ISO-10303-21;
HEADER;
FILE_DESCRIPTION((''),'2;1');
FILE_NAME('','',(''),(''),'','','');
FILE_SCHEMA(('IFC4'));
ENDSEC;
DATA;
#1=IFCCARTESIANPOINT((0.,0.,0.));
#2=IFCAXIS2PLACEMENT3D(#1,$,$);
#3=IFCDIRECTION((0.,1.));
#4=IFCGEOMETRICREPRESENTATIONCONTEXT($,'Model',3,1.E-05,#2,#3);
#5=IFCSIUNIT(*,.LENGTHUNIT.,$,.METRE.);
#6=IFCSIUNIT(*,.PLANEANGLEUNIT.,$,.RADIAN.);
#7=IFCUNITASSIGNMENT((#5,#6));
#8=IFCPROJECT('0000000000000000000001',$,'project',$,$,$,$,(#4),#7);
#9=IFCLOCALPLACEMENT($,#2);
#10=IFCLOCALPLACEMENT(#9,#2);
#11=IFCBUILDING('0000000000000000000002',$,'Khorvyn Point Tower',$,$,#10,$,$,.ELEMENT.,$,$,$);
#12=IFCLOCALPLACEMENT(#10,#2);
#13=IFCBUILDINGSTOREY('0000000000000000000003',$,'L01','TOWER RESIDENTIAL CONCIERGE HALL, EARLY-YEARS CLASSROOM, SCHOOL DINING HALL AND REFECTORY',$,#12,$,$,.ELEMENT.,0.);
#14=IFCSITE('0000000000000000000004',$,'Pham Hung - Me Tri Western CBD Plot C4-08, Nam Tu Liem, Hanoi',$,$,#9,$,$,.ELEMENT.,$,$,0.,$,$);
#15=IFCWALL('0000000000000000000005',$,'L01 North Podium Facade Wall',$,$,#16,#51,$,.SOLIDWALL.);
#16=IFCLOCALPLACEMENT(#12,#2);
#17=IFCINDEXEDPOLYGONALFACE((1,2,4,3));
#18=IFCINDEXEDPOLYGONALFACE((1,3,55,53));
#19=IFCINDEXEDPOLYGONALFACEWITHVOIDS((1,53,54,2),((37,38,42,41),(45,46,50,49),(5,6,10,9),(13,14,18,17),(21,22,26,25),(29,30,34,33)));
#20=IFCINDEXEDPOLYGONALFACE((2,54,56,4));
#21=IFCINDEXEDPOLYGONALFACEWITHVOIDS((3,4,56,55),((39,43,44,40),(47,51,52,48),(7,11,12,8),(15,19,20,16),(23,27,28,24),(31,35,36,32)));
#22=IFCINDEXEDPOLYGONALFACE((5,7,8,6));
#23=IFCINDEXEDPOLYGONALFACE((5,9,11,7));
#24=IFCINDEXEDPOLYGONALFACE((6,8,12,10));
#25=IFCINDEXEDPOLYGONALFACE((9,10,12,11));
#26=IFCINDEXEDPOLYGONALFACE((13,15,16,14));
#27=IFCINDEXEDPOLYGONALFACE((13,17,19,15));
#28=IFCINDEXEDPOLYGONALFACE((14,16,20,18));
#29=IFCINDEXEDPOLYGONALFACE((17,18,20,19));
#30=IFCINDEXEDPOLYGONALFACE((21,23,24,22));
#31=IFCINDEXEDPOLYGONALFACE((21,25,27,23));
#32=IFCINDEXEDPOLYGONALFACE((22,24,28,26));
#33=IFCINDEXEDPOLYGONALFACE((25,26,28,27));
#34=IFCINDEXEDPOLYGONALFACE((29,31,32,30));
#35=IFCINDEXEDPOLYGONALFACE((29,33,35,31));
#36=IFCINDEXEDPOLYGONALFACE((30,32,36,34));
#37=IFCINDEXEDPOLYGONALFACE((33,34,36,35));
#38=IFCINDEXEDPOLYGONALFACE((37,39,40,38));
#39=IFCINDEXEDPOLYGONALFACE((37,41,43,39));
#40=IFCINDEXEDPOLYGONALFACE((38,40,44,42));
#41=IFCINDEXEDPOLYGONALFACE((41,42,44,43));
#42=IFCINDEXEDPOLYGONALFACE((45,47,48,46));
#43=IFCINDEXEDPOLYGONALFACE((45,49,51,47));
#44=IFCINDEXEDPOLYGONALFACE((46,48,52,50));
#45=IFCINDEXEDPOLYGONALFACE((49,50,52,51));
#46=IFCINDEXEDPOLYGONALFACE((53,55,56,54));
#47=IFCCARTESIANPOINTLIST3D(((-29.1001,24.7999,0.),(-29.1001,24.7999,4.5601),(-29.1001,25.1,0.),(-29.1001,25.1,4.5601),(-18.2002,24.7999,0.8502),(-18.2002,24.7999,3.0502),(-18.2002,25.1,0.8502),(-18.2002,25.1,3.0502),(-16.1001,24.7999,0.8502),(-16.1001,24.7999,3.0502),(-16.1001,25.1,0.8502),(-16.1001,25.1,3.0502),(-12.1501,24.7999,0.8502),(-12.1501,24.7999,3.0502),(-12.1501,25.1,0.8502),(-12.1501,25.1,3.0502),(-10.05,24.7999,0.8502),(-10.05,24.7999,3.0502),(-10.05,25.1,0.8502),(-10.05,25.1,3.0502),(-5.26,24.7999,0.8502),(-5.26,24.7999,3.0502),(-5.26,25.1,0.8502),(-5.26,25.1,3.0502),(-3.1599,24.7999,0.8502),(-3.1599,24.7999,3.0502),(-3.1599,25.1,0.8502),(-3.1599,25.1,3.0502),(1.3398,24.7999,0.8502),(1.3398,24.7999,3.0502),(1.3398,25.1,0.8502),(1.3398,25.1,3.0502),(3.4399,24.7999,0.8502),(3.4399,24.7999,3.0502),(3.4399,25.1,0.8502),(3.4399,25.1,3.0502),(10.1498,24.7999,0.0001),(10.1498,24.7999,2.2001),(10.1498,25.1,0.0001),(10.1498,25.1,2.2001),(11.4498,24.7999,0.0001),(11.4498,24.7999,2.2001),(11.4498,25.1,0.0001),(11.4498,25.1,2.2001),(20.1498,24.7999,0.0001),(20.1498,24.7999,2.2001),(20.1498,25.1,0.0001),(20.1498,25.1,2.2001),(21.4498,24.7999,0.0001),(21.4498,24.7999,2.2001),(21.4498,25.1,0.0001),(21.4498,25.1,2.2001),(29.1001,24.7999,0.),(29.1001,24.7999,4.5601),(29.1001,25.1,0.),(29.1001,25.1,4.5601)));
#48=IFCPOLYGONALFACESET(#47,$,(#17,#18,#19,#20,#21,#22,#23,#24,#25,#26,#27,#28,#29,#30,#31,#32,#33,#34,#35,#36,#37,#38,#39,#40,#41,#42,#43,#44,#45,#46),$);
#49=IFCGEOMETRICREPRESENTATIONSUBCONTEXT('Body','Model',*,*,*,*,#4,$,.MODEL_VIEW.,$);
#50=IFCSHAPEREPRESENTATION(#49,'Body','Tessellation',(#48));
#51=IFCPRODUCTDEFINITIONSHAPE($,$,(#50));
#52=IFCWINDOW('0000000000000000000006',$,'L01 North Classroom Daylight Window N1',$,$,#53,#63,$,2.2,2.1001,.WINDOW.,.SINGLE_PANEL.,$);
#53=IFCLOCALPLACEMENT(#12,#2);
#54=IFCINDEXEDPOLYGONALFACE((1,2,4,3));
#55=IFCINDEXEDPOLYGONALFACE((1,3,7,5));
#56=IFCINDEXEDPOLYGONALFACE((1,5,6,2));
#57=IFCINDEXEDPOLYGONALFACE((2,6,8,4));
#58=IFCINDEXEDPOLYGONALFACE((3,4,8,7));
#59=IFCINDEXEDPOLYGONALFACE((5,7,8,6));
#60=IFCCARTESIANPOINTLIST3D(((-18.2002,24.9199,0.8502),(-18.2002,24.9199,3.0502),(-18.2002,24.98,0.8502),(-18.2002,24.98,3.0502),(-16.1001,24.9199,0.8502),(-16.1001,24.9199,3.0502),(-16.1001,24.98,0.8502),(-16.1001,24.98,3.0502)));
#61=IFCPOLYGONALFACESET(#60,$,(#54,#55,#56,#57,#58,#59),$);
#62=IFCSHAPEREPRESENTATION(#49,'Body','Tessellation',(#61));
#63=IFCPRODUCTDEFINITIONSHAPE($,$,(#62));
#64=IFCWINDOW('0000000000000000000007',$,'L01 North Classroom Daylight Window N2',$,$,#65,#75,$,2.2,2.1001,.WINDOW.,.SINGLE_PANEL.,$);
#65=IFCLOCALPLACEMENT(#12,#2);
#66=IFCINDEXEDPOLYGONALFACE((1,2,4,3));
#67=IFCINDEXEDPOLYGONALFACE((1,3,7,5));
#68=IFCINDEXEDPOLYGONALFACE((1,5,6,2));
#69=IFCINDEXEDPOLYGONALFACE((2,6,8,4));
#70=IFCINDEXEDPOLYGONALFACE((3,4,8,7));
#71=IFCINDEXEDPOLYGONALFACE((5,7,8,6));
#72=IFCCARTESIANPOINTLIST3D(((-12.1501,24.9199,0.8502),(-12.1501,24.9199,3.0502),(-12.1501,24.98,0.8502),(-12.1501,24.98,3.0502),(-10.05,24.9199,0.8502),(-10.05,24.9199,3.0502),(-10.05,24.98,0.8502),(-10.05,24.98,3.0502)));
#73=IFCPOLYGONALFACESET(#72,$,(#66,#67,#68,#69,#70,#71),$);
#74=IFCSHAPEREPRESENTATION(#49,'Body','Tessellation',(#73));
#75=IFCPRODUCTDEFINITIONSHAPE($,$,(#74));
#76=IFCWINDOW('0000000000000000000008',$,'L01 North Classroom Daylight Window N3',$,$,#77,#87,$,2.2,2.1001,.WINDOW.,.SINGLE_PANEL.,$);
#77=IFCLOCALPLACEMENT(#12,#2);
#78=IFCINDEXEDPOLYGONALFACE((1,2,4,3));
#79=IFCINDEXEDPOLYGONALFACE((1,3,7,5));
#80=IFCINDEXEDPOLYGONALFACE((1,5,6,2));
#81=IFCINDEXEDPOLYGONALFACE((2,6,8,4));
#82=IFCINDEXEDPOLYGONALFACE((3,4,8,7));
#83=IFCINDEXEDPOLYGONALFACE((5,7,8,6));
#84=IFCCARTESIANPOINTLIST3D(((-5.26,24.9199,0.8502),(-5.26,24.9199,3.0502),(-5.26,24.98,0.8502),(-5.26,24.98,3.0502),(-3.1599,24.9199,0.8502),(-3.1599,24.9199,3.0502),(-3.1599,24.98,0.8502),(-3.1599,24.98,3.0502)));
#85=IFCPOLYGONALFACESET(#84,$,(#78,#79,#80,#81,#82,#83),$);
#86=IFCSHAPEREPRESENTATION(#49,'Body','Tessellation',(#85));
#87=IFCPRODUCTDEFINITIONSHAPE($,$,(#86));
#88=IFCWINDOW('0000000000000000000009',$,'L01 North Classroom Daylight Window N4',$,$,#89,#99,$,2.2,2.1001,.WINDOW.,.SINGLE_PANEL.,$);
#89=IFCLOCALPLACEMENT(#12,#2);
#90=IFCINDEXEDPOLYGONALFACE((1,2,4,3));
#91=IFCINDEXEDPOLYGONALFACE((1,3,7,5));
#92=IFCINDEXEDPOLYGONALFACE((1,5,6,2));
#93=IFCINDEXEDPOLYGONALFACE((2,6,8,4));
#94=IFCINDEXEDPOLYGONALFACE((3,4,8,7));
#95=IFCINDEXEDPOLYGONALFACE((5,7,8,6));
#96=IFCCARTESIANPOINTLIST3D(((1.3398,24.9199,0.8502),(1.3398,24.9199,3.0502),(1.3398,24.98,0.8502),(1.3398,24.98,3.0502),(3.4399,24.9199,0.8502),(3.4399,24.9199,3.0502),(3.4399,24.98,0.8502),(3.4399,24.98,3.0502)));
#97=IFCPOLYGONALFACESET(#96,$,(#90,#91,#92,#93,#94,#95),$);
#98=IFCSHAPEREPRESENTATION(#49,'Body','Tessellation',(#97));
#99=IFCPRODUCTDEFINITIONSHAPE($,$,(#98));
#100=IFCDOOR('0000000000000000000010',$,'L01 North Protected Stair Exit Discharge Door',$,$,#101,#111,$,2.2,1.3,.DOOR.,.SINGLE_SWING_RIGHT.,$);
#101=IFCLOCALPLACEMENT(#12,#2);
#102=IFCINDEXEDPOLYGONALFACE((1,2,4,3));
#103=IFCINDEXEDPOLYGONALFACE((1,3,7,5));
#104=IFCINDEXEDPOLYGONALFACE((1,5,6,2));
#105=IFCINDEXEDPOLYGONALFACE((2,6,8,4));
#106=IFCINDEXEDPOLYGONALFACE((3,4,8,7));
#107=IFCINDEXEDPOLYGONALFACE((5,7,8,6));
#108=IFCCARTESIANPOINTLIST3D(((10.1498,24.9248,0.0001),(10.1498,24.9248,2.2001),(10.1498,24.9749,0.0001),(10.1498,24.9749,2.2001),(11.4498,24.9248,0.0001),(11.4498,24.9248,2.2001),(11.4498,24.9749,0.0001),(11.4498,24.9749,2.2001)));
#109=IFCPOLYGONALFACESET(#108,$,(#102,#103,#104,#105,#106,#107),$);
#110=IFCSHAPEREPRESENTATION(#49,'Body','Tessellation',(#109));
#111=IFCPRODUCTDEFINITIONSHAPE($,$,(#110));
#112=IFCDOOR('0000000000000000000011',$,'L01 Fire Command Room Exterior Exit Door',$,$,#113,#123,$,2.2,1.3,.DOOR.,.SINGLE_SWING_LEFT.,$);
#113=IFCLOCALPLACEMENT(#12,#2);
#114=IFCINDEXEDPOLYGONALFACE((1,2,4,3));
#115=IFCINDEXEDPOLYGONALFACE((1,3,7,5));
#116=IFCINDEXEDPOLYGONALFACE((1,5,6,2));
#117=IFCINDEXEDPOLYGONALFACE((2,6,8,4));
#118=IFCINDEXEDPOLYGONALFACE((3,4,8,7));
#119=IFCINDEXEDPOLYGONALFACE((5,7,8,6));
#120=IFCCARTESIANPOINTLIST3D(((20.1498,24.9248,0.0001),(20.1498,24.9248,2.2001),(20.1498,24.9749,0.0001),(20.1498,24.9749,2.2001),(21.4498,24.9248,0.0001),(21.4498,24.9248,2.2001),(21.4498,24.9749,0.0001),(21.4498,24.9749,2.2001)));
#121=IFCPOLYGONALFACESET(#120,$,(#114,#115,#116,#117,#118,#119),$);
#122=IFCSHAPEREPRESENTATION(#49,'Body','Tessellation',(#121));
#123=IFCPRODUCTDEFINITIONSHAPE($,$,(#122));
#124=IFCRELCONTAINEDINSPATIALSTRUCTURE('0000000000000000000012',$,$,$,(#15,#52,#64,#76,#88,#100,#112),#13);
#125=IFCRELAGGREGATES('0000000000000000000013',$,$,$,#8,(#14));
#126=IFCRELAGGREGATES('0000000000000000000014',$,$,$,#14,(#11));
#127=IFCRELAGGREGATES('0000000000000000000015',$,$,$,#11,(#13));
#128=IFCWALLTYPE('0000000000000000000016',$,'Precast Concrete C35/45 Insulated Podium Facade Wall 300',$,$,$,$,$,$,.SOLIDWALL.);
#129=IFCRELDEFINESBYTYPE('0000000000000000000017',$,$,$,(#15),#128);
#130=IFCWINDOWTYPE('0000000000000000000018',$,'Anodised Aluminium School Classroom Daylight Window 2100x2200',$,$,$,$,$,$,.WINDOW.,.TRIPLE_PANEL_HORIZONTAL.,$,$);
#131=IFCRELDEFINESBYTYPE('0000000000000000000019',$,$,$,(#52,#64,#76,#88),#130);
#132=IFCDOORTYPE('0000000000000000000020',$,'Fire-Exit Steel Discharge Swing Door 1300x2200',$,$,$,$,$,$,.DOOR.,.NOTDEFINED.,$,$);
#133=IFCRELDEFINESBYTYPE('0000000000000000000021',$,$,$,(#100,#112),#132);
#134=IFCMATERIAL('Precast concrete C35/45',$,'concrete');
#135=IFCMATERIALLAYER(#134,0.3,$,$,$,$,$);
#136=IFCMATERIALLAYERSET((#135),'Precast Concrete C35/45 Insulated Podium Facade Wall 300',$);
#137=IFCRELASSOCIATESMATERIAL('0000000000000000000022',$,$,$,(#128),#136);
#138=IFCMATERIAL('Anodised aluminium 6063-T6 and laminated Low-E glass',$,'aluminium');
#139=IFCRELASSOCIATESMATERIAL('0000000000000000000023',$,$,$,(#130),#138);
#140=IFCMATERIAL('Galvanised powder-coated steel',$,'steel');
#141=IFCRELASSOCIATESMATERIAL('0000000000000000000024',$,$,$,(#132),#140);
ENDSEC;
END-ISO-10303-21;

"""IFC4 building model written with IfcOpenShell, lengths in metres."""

from ifc_helpers import new_model, si_unit, direction, frame, frame_2d, origin, place, context, subcontext, project, spatial, rectangle, extrude, material, layer, layer_set, type_object, element, fill, save


model = new_model("IFC4")

# Units and contexts
model_context = context("Model", 3, precision=1e-05, world=origin(), true_north=direction((0.0, 1.0)))
body_context = subcontext(model_context, "Body", "Model", "MODEL_VIEW")
ifc_project = project(units=[si_unit("LENGTHUNIT", "METRE"), si_unit("PLANEANGLEUNIT", "RADIAN")], contexts=[model_context])

# Site, building, storey
site_placement = place(None, origin())
site = spatial("IfcSite", under=ifc_project, at=site_placement, Name="Pham Hung - Me Tri Western CBD Plot C4-08, Nam Tu Liem, Hanoi", CompositionType="ELEMENT", RefElevation=0.0)
building_placement = place(site_placement, origin())
building = spatial("IfcBuilding", under=site, at=building_placement, Name="Khorvyn Point Tower", CompositionType="ELEMENT")
storey_placement = place(building_placement, origin())
storey = spatial("IfcBuildingStorey", under=building, at=storey_placement, Name="L01", Description="TOWER RESIDENTIAL CONCIERGE HALL, EARLY-YEARS CLASSROOM, SCHOOL DINING HALL AND REFECTORY", CompositionType="ELEMENT", Elevation=0.0)

# Shared definitions
ifc_material_1 = material(Name="Anodised aluminium 6063-T6 and laminated Low-E glass", Category="aluminium")

# Wall, openings, windows, doors
ifc_material_2 = material(Name="Precast concrete C35/45", Category="concrete")
ifc_layer_1 = layer(ifc_material_2, 0.3)
ifc_layer_set_1 = layer_set([ifc_layer_1], Name="Precast Concrete C35/45 Insulated Podium Facade Wall 300")
wall_type_1 = type_object("IfcWallType", Name="Precast Concrete C35/45 Insulated Podium Facade Wall 300", PredefinedType="SOLIDWALL", material=ifc_layer_set_1)
wall_1_placement = place(storey_placement, frame((-29.1001, 24.95, 0.0), z_axis=(0.0, 0.0, 1.0), x_axis=(1.0, 0.0, 0.0)))
wall_1 = element("IfcWall", 1, at=wall_1_placement, inside=storey, type_object=wall_type_1, Name="L01 North Podium Facade Wall", PredefinedType="SOLIDWALL", context=body_context, shape_type="SweptSolid", body=[
    extrude(rectangle(XDim=58.2002, YDim=0.3, at=frame_2d((29.1001, 0.0))), origin(), (0.0, 0.0, 1.0), 4.5601),
])
opening_1_placement = place(wall_1_placement, frame((10.8999, 0.0, 0.8501)))
opening_1 = element("IfcOpeningElement", 2, at=opening_1_placement, cuts=wall_1, PredefinedType="OPENING", context=body_context, shape_type="SweptSolid", body=[
    extrude(rectangle(XDim=2.1001, YDim=2.2, at=frame_2d((1.05, 1.1001))), frame((0.0, 0.1599, 0.0), z_axis=(0.0, -1.0, 0.0), x_axis=(1.0, 0.0, 0.0)), (0.0, 0.0, 1.0), 0.3201),
])
opening_2_placement = place(wall_1_placement, frame((16.95, 0.0, 0.8501)))
opening_2 = element("IfcOpeningElement", 3, at=opening_2_placement, cuts=wall_1, PredefinedType="OPENING", context=body_context, shape_type="SweptSolid", body=[
    extrude(rectangle(XDim=2.1001, YDim=2.2, at=frame_2d((1.05, 1.1001))), frame((0.0, 0.1599, 0.0), z_axis=(0.0, -1.0, 0.0), x_axis=(1.0, 0.0, 0.0)), (0.0, 0.0, 1.0), 0.3201),
])
opening_3_placement = place(wall_1_placement, frame((23.8401, 0.0, 0.8501)))
opening_3 = element("IfcOpeningElement", 4, at=opening_3_placement, cuts=wall_1, PredefinedType="OPENING", context=body_context, shape_type="SweptSolid", body=[
    extrude(rectangle(XDim=2.1001, YDim=2.2, at=frame_2d((1.05, 1.1001))), frame((0.0, 0.1599, 0.0), z_axis=(0.0, -1.0, 0.0), x_axis=(1.0, 0.0, 0.0)), (0.0, 0.0, 1.0), 0.3201),
])
opening_4_placement = place(wall_1_placement, frame((30.4399, 0.0, 0.8501)))
opening_4 = element("IfcOpeningElement", 5, at=opening_4_placement, cuts=wall_1, PredefinedType="OPENING", context=body_context, shape_type="SweptSolid", body=[
    extrude(rectangle(XDim=2.1001, YDim=2.2, at=frame_2d((1.05, 1.1001))), frame((0.0, 0.1599, 0.0), z_axis=(0.0, -1.0, 0.0), x_axis=(1.0, 0.0, 0.0)), (0.0, 0.0, 1.0), 0.3201),
])
opening_5_placement = place(wall_1_placement, frame((39.25, 0.0, 0.0)))
opening_5 = element("IfcOpeningElement", 6, at=opening_5_placement, cuts=wall_1, PredefinedType="OPENING", context=body_context, shape_type="SweptSolid", body=[
    extrude(rectangle(XDim=1.3, YDim=2.2, at=frame_2d((0.6499, 1.1001))), frame((0.0, 0.1599, 0.0), z_axis=(0.0, -1.0, 0.0), x_axis=(1.0, 0.0, 0.0)), (0.0, 0.0, 1.0), 0.3201),
])
opening_6_placement = place(wall_1_placement, frame((49.25, 0.0, 0.0)))
opening_6 = element("IfcOpeningElement", 7, at=opening_6_placement, cuts=wall_1, PredefinedType="OPENING", context=body_context, shape_type="SweptSolid", body=[
    extrude(rectangle(XDim=1.3, YDim=2.2, at=frame_2d((0.6499, 1.1001))), frame((0.0, 0.1599, 0.0), z_axis=(0.0, -1.0, 0.0), x_axis=(1.0, 0.0, 0.0)), (0.0, 0.0, 1.0), 0.3201),
])
window_type_1 = type_object("IfcWindowType", Name="Anodised Aluminium School Classroom Daylight Window 2100x2200", PartitioningType="TRIPLE_PANEL_HORIZONTAL", PredefinedType="WINDOW", material=ifc_material_1)
window_1_placement = place(opening_1_placement, origin())
window_1 = element("IfcWindow", 8, at=window_1_placement, inside=storey, type_object=window_type_1, Name="L01 North Classroom Daylight Window N1", OverallHeight=2.2, OverallWidth=2.1001, PartitioningType="SINGLE_PANEL", PredefinedType="WINDOW", context=body_context, shape_type="SweptSolid", body=[
    extrude(rectangle(XDim=2.1001, YDim=2.2, at=frame_2d((1.05, 1.1001))), frame((0.0, 0.03, 0.0), z_axis=(0.0, -1.0, 0.0), x_axis=(1.0, 0.0, 0.0)), (0.0, 0.0, 1.0), 0.0601),
])
fill(opening_1, window_1)
window_2_placement = place(opening_2_placement, origin())
window_2 = element("IfcWindow", 9, at=window_2_placement, inside=storey, type_object=window_type_1, Name="L01 North Classroom Daylight Window N2", OverallHeight=2.2, OverallWidth=2.1001, PartitioningType="SINGLE_PANEL", PredefinedType="WINDOW", context=body_context, shape_type="SweptSolid", body=[
    extrude(rectangle(XDim=2.1001, YDim=2.2, at=frame_2d((1.05, 1.1001))), frame((0.0, 0.03, 0.0), z_axis=(0.0, -1.0, 0.0), x_axis=(1.0, 0.0, 0.0)), (0.0, 0.0, 1.0), 0.0601),
])
fill(opening_2, window_2)
window_3_placement = place(opening_3_placement, origin())
window_3 = element("IfcWindow", 10, at=window_3_placement, inside=storey, type_object=window_type_1, Name="L01 North Classroom Daylight Window N3", OverallHeight=2.2, OverallWidth=2.1001, PartitioningType="SINGLE_PANEL", PredefinedType="WINDOW", context=body_context, shape_type="SweptSolid", body=[
    extrude(rectangle(XDim=2.1001, YDim=2.2, at=frame_2d((1.05, 1.1001))), frame((0.0, 0.03, 0.0), z_axis=(0.0, -1.0, 0.0), x_axis=(1.0, 0.0, 0.0)), (0.0, 0.0, 1.0), 0.0601),
])
fill(opening_3, window_3)
window_4_placement = place(opening_4_placement, origin())
window_4 = element("IfcWindow", 11, at=window_4_placement, inside=storey, type_object=window_type_1, Name="L01 North Classroom Daylight Window N4", OverallHeight=2.2, OverallWidth=2.1001, PartitioningType="SINGLE_PANEL", PredefinedType="WINDOW", context=body_context, shape_type="SweptSolid", body=[
    extrude(rectangle(XDim=2.1001, YDim=2.2, at=frame_2d((1.05, 1.1001))), frame((0.0, 0.03, 0.0), z_axis=(0.0, -1.0, 0.0), x_axis=(1.0, 0.0, 0.0)), (0.0, 0.0, 1.0), 0.0601),
])
fill(opening_4, window_4)
ifc_material_3 = material(Name="Galvanised powder-coated steel", Category="steel")
door_type_1 = type_object("IfcDoorType", Name="Fire-Exit Steel Discharge Swing Door 1300x2200", OperationType="NOTDEFINED", PredefinedType="DOOR", material=ifc_material_3)
door_1_placement = place(opening_5_placement, origin())
door_1 = element("IfcDoor", 12, at=door_1_placement, inside=storey, type_object=door_type_1, Name="L01 North Protected Stair Exit Discharge Door", OperationType="SINGLE_SWING_RIGHT", OverallHeight=2.2, OverallWidth=1.3, PredefinedType="DOOR", context=body_context, shape_type="SweptSolid", body=[
    extrude(rectangle(XDim=1.3, YDim=2.2, at=frame_2d((0.6499, 1.1001))), frame((0.0, 0.0249, 0.0), z_axis=(0.0, -1.0, 0.0), x_axis=(1.0, 0.0, 0.0)), (0.0, 0.0, 1.0), 0.05),
])
fill(opening_5, door_1)
door_2_placement = place(opening_6_placement, origin())
door_2 = element("IfcDoor", 13, at=door_2_placement, inside=storey, type_object=door_type_1, Name="L01 Fire Command Room Exterior Exit Door", OperationType="SINGLE_SWING_LEFT", OverallHeight=2.2, OverallWidth=1.3, PredefinedType="DOOR", context=body_context, shape_type="SweptSolid", body=[
    extrude(rectangle(XDim=1.3, YDim=2.2, at=frame_2d((0.6499, 1.1001))), frame((0.0, 0.0249, 0.0), z_axis=(0.0, -1.0, 0.0), x_axis=(1.0, 0.0, 0.0)), (0.0, 0.0, 1.0), 0.05),
])
fill(opening_6, door_2)

save(model, "model.ifc")
